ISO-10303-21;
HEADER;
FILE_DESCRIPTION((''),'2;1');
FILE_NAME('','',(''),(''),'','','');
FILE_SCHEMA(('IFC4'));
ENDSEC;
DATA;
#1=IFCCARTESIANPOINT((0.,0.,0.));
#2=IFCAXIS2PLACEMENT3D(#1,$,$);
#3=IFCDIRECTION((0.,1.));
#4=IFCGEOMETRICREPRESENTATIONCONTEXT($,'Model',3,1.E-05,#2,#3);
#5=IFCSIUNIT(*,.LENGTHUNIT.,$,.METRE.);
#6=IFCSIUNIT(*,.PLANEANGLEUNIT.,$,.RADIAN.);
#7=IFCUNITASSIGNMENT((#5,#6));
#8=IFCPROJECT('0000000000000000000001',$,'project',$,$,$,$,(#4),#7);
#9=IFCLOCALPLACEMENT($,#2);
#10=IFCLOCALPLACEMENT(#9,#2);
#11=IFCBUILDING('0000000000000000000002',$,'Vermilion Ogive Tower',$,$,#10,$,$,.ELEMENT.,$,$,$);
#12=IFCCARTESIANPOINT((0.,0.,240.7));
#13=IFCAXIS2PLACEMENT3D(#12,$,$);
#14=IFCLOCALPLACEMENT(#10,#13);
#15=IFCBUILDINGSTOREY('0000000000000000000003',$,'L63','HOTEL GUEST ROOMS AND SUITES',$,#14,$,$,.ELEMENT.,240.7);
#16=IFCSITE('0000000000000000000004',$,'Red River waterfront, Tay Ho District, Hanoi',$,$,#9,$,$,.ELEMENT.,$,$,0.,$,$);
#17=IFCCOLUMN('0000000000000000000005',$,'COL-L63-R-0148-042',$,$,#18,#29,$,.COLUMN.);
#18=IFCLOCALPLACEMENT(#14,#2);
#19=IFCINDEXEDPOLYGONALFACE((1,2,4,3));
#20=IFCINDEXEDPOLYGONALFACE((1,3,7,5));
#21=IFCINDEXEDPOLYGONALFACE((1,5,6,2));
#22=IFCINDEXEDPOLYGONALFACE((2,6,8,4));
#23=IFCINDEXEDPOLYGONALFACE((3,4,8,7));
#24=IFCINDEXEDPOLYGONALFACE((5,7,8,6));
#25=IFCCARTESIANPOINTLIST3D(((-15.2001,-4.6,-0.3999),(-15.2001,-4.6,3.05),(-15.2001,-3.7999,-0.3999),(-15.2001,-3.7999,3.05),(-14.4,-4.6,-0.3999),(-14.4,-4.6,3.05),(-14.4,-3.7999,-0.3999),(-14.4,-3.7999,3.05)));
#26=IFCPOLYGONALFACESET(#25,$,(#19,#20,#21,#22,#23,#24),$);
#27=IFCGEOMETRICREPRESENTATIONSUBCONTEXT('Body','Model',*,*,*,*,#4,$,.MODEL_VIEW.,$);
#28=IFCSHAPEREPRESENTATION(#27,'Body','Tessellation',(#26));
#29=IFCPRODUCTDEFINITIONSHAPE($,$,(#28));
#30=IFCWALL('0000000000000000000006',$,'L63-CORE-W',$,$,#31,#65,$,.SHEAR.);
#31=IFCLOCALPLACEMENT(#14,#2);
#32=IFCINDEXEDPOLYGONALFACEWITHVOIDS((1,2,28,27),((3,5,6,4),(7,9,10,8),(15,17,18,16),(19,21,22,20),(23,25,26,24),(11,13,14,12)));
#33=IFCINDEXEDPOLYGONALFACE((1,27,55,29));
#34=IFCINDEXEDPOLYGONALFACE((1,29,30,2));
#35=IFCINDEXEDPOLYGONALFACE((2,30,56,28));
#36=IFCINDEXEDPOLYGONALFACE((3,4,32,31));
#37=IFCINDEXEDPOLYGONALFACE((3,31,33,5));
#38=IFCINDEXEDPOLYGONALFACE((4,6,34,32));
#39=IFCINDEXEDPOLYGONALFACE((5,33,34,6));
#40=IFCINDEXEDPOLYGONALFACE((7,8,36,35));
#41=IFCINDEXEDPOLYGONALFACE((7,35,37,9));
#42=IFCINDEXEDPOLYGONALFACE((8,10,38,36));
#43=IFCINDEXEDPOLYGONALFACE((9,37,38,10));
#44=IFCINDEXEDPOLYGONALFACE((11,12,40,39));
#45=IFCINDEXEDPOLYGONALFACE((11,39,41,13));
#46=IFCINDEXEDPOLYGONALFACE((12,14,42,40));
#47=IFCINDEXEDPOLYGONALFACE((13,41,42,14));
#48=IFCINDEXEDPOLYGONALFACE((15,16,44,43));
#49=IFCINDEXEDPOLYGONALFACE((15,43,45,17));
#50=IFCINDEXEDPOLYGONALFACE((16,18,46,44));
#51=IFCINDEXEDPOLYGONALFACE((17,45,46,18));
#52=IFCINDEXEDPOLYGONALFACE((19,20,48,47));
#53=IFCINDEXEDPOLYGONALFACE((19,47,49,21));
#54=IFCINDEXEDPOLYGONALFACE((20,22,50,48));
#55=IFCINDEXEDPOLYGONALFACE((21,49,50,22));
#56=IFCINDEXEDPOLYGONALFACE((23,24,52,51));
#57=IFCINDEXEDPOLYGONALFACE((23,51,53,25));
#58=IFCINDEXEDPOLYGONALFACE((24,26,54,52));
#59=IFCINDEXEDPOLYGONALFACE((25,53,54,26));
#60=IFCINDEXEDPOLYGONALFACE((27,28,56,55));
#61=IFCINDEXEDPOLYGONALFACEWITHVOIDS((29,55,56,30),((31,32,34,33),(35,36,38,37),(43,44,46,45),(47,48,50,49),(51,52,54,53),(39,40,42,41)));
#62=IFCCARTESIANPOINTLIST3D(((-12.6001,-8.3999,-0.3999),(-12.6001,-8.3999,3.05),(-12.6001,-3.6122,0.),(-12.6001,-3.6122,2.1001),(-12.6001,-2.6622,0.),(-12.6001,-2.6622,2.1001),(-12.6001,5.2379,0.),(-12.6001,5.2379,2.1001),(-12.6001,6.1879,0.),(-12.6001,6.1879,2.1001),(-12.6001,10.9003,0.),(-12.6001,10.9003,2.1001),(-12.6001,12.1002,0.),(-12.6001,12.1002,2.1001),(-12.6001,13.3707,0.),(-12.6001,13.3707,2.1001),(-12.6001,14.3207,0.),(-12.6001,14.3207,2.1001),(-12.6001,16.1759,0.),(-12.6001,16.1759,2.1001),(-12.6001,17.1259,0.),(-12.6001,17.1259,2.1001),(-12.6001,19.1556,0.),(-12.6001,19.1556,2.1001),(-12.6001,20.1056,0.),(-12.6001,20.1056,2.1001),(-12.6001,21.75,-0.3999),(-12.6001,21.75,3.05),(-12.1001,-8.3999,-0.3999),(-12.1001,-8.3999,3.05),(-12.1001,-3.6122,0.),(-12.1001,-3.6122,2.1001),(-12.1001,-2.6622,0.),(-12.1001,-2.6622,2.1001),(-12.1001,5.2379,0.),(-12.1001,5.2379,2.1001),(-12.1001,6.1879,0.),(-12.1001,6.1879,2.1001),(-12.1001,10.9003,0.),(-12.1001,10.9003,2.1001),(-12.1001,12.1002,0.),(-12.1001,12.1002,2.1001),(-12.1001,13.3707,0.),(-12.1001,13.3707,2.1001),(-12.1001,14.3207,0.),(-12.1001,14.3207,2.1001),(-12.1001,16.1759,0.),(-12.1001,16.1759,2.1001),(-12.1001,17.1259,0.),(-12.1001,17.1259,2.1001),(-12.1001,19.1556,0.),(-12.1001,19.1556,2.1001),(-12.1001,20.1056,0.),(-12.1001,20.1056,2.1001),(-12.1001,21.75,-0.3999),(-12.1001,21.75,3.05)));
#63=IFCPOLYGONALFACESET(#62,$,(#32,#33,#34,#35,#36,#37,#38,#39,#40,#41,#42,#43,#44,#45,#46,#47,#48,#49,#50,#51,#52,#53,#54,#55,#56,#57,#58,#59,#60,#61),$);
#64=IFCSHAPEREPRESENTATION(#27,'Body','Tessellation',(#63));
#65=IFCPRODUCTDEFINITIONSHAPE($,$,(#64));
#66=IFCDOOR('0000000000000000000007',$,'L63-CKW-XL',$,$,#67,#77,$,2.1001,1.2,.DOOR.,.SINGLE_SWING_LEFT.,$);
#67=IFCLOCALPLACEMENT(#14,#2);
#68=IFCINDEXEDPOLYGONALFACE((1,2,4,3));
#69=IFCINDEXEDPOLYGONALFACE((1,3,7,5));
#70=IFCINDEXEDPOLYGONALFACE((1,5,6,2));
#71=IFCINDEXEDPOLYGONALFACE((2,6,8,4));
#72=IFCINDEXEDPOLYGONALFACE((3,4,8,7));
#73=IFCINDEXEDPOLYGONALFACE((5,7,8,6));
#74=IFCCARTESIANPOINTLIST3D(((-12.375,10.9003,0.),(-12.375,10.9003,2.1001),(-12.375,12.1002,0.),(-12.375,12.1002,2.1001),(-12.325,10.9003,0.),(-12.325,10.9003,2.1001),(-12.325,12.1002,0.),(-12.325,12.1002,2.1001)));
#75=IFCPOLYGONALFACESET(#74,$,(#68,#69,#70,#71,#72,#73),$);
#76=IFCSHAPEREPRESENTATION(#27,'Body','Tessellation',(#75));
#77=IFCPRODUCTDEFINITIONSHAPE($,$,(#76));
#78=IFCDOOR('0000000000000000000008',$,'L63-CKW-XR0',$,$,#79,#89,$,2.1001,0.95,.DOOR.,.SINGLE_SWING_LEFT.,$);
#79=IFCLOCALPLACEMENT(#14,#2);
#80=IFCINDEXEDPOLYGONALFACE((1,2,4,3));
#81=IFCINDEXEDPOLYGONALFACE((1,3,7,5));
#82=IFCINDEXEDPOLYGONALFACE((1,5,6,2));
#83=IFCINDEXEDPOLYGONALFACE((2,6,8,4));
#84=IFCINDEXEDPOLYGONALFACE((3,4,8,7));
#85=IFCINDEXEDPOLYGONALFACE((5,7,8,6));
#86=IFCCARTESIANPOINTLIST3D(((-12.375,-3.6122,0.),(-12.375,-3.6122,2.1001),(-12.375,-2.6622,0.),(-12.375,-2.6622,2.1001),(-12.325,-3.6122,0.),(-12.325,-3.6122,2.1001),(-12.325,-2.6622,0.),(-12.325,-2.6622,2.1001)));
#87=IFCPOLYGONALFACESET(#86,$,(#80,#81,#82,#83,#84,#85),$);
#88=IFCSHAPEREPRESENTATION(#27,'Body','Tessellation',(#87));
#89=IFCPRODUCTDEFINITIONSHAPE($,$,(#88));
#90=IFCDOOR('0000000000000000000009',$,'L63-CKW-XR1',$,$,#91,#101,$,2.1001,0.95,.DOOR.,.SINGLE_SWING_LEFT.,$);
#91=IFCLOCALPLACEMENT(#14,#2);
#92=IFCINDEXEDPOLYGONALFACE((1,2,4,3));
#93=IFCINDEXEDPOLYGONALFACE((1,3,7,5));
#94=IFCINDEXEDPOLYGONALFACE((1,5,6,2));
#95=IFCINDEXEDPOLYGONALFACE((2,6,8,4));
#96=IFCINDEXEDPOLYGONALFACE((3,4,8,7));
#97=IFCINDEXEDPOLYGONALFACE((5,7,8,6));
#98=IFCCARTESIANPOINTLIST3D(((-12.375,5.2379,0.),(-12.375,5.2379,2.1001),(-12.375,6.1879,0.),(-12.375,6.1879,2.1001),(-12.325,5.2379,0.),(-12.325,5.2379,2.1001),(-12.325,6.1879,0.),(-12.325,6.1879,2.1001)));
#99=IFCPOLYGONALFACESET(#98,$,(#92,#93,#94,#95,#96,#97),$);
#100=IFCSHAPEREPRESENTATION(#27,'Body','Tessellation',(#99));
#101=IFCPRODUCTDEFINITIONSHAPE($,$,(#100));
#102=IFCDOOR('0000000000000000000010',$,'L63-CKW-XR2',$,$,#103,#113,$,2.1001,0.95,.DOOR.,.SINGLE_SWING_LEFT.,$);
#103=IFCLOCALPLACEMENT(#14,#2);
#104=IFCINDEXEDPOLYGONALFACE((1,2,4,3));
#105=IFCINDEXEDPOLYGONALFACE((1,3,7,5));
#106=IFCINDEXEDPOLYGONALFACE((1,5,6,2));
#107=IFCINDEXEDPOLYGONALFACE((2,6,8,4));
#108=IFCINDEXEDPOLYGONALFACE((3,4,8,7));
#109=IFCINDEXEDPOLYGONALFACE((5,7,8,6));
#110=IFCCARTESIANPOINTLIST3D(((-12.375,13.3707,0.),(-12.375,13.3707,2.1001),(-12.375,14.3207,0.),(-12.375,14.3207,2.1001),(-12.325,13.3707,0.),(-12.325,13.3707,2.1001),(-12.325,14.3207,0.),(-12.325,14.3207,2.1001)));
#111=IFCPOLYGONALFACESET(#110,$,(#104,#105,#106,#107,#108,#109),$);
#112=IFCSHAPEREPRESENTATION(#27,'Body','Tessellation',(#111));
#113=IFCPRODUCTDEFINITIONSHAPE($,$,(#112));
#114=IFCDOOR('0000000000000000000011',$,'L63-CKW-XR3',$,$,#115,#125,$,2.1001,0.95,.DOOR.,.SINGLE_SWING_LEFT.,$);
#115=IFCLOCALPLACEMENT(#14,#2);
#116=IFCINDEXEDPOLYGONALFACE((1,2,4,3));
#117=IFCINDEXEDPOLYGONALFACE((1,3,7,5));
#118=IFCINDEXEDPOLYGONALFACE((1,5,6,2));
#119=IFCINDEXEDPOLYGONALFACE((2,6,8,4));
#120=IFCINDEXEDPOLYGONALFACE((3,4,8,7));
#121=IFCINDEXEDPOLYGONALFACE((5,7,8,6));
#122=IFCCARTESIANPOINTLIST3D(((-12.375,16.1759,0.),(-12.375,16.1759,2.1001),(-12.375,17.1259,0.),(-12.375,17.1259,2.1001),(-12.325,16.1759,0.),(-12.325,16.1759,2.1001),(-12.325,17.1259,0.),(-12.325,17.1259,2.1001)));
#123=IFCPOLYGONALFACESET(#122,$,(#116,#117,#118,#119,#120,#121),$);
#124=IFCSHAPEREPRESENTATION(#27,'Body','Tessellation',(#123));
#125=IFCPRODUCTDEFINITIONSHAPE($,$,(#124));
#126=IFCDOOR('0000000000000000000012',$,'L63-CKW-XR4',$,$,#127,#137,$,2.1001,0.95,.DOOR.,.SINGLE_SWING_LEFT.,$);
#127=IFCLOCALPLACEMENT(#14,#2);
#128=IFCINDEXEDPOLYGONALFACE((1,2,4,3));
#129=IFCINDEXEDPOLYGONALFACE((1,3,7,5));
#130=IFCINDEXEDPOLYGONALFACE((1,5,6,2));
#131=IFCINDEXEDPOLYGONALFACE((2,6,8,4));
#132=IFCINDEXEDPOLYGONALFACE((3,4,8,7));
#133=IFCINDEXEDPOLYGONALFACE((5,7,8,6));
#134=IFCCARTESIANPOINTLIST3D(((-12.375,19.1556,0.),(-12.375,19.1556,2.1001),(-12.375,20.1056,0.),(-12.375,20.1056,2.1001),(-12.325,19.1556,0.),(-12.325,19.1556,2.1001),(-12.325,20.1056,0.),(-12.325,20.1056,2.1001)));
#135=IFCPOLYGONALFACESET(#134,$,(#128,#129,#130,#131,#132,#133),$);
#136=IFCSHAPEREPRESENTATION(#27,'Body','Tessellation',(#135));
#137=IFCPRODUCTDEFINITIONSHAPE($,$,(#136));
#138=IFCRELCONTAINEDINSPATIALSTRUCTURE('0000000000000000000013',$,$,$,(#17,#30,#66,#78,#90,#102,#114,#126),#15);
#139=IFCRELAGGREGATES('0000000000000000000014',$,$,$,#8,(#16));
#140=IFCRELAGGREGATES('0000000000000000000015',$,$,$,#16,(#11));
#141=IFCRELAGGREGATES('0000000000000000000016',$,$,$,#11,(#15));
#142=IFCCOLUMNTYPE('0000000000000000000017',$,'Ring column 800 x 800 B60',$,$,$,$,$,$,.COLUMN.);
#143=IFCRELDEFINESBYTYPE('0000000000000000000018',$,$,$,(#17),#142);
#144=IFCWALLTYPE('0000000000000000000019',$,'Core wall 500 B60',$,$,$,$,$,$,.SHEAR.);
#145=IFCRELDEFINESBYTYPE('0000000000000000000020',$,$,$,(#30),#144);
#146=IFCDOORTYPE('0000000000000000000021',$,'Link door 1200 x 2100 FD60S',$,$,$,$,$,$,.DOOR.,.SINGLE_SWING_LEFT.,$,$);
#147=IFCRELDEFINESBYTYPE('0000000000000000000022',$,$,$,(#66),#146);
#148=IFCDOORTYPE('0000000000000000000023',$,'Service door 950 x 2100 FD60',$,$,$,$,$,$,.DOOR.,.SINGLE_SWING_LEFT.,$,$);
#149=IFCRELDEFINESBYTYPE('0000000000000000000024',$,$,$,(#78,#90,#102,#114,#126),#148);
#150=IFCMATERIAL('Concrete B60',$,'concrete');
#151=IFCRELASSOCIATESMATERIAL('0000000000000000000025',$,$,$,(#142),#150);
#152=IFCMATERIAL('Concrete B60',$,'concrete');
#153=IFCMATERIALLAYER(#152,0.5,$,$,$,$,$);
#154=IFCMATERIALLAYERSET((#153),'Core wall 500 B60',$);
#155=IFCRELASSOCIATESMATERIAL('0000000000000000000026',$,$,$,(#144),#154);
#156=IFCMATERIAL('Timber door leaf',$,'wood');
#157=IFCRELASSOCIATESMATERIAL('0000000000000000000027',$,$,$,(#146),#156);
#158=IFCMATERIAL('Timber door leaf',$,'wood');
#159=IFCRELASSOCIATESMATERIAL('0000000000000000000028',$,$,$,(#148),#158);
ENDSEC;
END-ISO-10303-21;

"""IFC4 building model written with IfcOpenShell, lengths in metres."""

from ifc_helpers import new_model, si_unit, direction, frame, frame_2d, origin, origin_2d, place, context, subcontext, project, spatial, rectangle, extrude, material, layer, layer_set, material_profile, profile_set, type_object, element, fill, save


model = new_model("IFC4")

# Units and contexts
model_context = context("Model", 3, precision=1e-05, world=origin(), true_north=direction((0.0, 1.0)))
body_context = subcontext(model_context, "Body", "Model", "MODEL_VIEW")
ifc_project = project(units=[si_unit("LENGTHUNIT", "METRE"), si_unit("PLANEANGLEUNIT", "RADIAN")], contexts=[model_context])

# Site, building, storey
site_placement = place(None, origin())
site = spatial("IfcSite", under=ifc_project, at=site_placement, Name="Red River waterfront, Tay Ho District, Hanoi", CompositionType="ELEMENT", RefElevation=0.0)
building_placement = place(site_placement, origin())
building = spatial("IfcBuilding", under=site, at=building_placement, Name="Vermilion Ogive Tower", CompositionType="ELEMENT")
storey_placement = place(building_placement, frame((0.0, 0.0, 240.7)))
storey = spatial("IfcBuildingStorey", under=building, at=storey_placement, Name="L63", Description="HOTEL GUEST ROOMS AND SUITES", CompositionType="ELEMENT", Elevation=240.7)

# Column
ifc_material_1 = material(Name="Concrete B60", Category="concrete")
ifc_material_profile = material_profile(ifc_material_1, rectangle(XDim=0.8, YDim=0.8, at=origin_2d()), Name="800 x 800")
ifc_profile_set = profile_set([ifc_material_profile], Name="Concrete B60")
column_type = type_object("IfcColumnType", Name="Ring column 800 x 800 B60", PredefinedType="COLUMN", material=ifc_profile_set)
column_placement = place(storey_placement, frame((-14.8, -4.2, -0.3999), z_axis=(0.0, 0.0, 1.0), x_axis=(1.0, 0.0, 0.0)))
element("IfcColumn", 1, at=column_placement, inside=storey, type_object=column_type, Name="COL-L63-R-0148-042", PredefinedType="COLUMN", context=body_context, shape_type="SweptSolid", body=[
    extrude(rectangle(XDim=0.8, YDim=0.8, at=origin_2d()), origin(), (0.0, 0.0, 1.0), 3.45),
])

# Wall, openings, doors
ifc_material_2 = material(Name="Concrete B60", Category="concrete")
ifc_layer_1 = layer(ifc_material_2, 0.5)
ifc_layer_set_1 = layer_set([ifc_layer_1], Name="Core wall 500 B60")
wall_type_1 = type_object("IfcWallType", Name="Core wall 500 B60", PredefinedType="SHEAR", material=ifc_layer_set_1)
wall_1_placement = place(storey_placement, frame((-12.3501, -8.3999, -0.3999), z_axis=(0.0, 0.0, 1.0), x_axis=(0.0, 1.0, 0.0)))
wall_1 = element("IfcWall", 2, at=wall_1_placement, inside=storey, type_object=wall_type_1, Name="L63-CORE-W", PredefinedType="SHEAR", context=body_context, shape_type="SweptSolid", body=[
    extrude(rectangle(XDim=30.1499, YDim=0.5, at=frame_2d((15.075, 0.0))), origin(), (0.0, 0.0, 1.0), 3.45),
])
opening_1_placement = place(wall_1_placement, frame((4.7876, 0.0, 0.3999)))
opening_1 = element("IfcOpeningElement", 3, at=opening_1_placement, cuts=wall_1, PredefinedType="OPENING", context=body_context, shape_type="SweptSolid", body=[
    extrude(rectangle(XDim=0.95, YDim=2.1001, at=frame_2d((0.4751, 1.05))), frame((0.0, 0.26, 0.0), z_axis=(0.0, -1.0, 0.0), x_axis=(1.0, 0.0, 0.0)), (0.0, 0.0, 1.0), 0.52),
])
opening_2_placement = place(wall_1_placement, frame((13.6377, 0.0, 0.3999)))
opening_2 = element("IfcOpeningElement", 4, at=opening_2_placement, cuts=wall_1, PredefinedType="OPENING", context=body_context, shape_type="SweptSolid", body=[
    extrude(rectangle(XDim=0.95, YDim=2.1001, at=frame_2d((0.4751, 1.05))), frame((0.0, 0.26, 0.0), z_axis=(0.0, -1.0, 0.0), x_axis=(1.0, 0.0, 0.0)), (0.0, 0.0, 1.0), 0.52),
])
opening_3_placement = place(wall_1_placement, frame((21.7705, 0.0, 0.3999)))
opening_3 = element("IfcOpeningElement", 5, at=opening_3_placement, cuts=wall_1, PredefinedType="OPENING", context=body_context, shape_type="SweptSolid", body=[
    extrude(rectangle(XDim=0.95, YDim=2.1001, at=frame_2d((0.4751, 1.05))), frame((0.0, 0.26, 0.0), z_axis=(0.0, -1.0, 0.0), x_axis=(1.0, 0.0, 0.0)), (0.0, 0.0, 1.0), 0.52),
])
opening_4_placement = place(wall_1_placement, frame((24.5757, 0.0, 0.3999)))
opening_4 = element("IfcOpeningElement", 6, at=opening_4_placement, cuts=wall_1, PredefinedType="OPENING", context=body_context, shape_type="SweptSolid", body=[
    extrude(rectangle(XDim=0.95, YDim=2.1001, at=frame_2d((0.4751, 1.05))), frame((0.0, 0.26, 0.0), z_axis=(0.0, -1.0, 0.0), x_axis=(1.0, 0.0, 0.0)), (0.0, 0.0, 1.0), 0.52),
])
opening_5_placement = place(wall_1_placement, frame((27.5554, 0.0, 0.3999)))
opening_5 = element("IfcOpeningElement", 7, at=opening_5_placement, cuts=wall_1, PredefinedType="OPENING", context=body_context, shape_type="SweptSolid", body=[
    extrude(rectangle(XDim=0.95, YDim=2.1001, at=frame_2d((0.4751, 1.05))), frame((0.0, 0.26, 0.0), z_axis=(0.0, -1.0, 0.0), x_axis=(1.0, 0.0, 0.0)), (0.0, 0.0, 1.0), 0.52),
])
opening_6_placement = place(wall_1_placement, frame((19.3, 0.0, 0.3999)))
opening_6 = element("IfcOpeningElement", 8, at=opening_6_placement, cuts=wall_1, PredefinedType="OPENING", context=body_context, shape_type="SweptSolid", body=[
    extrude(rectangle(XDim=1.2, YDim=2.1001, at=frame_2d((0.6001, 1.05))), frame((0.0, 0.26, 0.0), z_axis=(0.0, -1.0, 0.0), x_axis=(1.0, 0.0, 0.0)), (0.0, 0.0, 1.0), 0.52),
])
ifc_material_3 = material(Name="Timber door leaf", Category="wood")
door_type_1 = type_object("IfcDoorType", Name="Link door 1200 x 2100 FD60S", OperationType="SINGLE_SWING_LEFT", PredefinedType="DOOR", material=ifc_material_3)
door_1_placement = place(opening_6_placement, origin())
door_1 = element("IfcDoor", 9, at=door_1_placement, inside=storey, type_object=door_type_1, Name="L63-CKW-XL", OperationType="SINGLE_SWING_LEFT", OverallHeight=2.1001, OverallWidth=1.2, PredefinedType="DOOR", context=body_context, shape_type="SweptSolid", body=[
    extrude(rectangle(XDim=1.2, YDim=2.1001, at=frame_2d((0.6001, 1.05))), frame((0.0, 0.0249, 0.0), z_axis=(0.0, -1.0, 0.0), x_axis=(1.0, 0.0, 0.0)), (0.0, 0.0, 1.0), 0.05),
])
fill(opening_6, door_1)
ifc_material_4 = material(Name="Timber door leaf", Category="wood")
door_type_2 = type_object("IfcDoorType", Name="Service door 950 x 2100 FD60", OperationType="SINGLE_SWING_LEFT", PredefinedType="DOOR", material=ifc_material_4)
door_2_placement = place(opening_1_placement, origin())
door_2 = element("IfcDoor", 10, at=door_2_placement, inside=storey, type_object=door_type_2, Name="L63-CKW-XR0", OperationType="SINGLE_SWING_LEFT", OverallHeight=2.1001, OverallWidth=0.95, PredefinedType="DOOR", context=body_context, shape_type="SweptSolid", body=[
    extrude(rectangle(XDim=0.95, YDim=2.1001, at=frame_2d((0.4751, 1.05))), frame((0.0, 0.0249, 0.0), z_axis=(0.0, -1.0, 0.0), x_axis=(1.0, 0.0, 0.0)), (0.0, 0.0, 1.0), 0.05),
])
fill(opening_1, door_2)
door_3_placement = place(opening_2_placement, origin())
door_3 = element("IfcDoor", 11, at=door_3_placement, inside=storey, type_object=door_type_2, Name="L63-CKW-XR1", OperationType="SINGLE_SWING_LEFT", OverallHeight=2.1001, OverallWidth=0.95, PredefinedType="DOOR", context=body_context, shape_type="SweptSolid", body=[
    extrude(rectangle(XDim=0.95, YDim=2.1001, at=frame_2d((0.4751, 1.05))), frame((0.0, 0.0249, 0.0), z_axis=(0.0, -1.0, 0.0), x_axis=(1.0, 0.0, 0.0)), (0.0, 0.0, 1.0), 0.05),
])
fill(opening_2, door_3)
door_4_placement = place(opening_3_placement, origin())
door_4 = element("IfcDoor", 12, at=door_4_placement, inside=storey, type_object=door_type_2, Name="L63-CKW-XR2", OperationType="SINGLE_SWING_LEFT", OverallHeight=2.1001, OverallWidth=0.95, PredefinedType="DOOR", context=body_context, shape_type="SweptSolid", body=[
    extrude(rectangle(XDim=0.95, YDim=2.1001, at=frame_2d((0.4751, 1.05))), frame((0.0, 0.0249, 0.0), z_axis=(0.0, -1.0, 0.0), x_axis=(1.0, 0.0, 0.0)), (0.0, 0.0, 1.0), 0.05),
])
fill(opening_3, door_4)
door_5_placement = place(opening_4_placement, origin())
door_5 = element("IfcDoor", 13, at=door_5_placement, inside=storey, type_object=door_type_2, Name="L63-CKW-XR3", OperationType="SINGLE_SWING_LEFT", OverallHeight=2.1001, OverallWidth=0.95, PredefinedType="DOOR", context=body_context, shape_type="SweptSolid", body=[
    extrude(rectangle(XDim=0.95, YDim=2.1001, at=frame_2d((0.4751, 1.05))), frame((0.0, 0.0249, 0.0), z_axis=(0.0, -1.0, 0.0), x_axis=(1.0, 0.0, 0.0)), (0.0, 0.0, 1.0), 0.05),
])
fill(opening_4, door_5)
door_6_placement = place(opening_5_placement, origin())
door_6 = element("IfcDoor", 14, at=door_6_placement, inside=storey, type_object=door_type_2, Name="L63-CKW-XR4", OperationType="SINGLE_SWING_LEFT", OverallHeight=2.1001, OverallWidth=0.95, PredefinedType="DOOR", context=body_context, shape_type="SweptSolid", body=[
    extrude(rectangle(XDim=0.95, YDim=2.1001, at=frame_2d((0.4751, 1.05))), frame((0.0, 0.0249, 0.0), z_axis=(0.0, -1.0, 0.0), x_axis=(1.0, 0.0, 0.0)), (0.0, 0.0, 1.0), 0.05),
])
fill(opening_5, door_6)

save(model, "model.ifc")
